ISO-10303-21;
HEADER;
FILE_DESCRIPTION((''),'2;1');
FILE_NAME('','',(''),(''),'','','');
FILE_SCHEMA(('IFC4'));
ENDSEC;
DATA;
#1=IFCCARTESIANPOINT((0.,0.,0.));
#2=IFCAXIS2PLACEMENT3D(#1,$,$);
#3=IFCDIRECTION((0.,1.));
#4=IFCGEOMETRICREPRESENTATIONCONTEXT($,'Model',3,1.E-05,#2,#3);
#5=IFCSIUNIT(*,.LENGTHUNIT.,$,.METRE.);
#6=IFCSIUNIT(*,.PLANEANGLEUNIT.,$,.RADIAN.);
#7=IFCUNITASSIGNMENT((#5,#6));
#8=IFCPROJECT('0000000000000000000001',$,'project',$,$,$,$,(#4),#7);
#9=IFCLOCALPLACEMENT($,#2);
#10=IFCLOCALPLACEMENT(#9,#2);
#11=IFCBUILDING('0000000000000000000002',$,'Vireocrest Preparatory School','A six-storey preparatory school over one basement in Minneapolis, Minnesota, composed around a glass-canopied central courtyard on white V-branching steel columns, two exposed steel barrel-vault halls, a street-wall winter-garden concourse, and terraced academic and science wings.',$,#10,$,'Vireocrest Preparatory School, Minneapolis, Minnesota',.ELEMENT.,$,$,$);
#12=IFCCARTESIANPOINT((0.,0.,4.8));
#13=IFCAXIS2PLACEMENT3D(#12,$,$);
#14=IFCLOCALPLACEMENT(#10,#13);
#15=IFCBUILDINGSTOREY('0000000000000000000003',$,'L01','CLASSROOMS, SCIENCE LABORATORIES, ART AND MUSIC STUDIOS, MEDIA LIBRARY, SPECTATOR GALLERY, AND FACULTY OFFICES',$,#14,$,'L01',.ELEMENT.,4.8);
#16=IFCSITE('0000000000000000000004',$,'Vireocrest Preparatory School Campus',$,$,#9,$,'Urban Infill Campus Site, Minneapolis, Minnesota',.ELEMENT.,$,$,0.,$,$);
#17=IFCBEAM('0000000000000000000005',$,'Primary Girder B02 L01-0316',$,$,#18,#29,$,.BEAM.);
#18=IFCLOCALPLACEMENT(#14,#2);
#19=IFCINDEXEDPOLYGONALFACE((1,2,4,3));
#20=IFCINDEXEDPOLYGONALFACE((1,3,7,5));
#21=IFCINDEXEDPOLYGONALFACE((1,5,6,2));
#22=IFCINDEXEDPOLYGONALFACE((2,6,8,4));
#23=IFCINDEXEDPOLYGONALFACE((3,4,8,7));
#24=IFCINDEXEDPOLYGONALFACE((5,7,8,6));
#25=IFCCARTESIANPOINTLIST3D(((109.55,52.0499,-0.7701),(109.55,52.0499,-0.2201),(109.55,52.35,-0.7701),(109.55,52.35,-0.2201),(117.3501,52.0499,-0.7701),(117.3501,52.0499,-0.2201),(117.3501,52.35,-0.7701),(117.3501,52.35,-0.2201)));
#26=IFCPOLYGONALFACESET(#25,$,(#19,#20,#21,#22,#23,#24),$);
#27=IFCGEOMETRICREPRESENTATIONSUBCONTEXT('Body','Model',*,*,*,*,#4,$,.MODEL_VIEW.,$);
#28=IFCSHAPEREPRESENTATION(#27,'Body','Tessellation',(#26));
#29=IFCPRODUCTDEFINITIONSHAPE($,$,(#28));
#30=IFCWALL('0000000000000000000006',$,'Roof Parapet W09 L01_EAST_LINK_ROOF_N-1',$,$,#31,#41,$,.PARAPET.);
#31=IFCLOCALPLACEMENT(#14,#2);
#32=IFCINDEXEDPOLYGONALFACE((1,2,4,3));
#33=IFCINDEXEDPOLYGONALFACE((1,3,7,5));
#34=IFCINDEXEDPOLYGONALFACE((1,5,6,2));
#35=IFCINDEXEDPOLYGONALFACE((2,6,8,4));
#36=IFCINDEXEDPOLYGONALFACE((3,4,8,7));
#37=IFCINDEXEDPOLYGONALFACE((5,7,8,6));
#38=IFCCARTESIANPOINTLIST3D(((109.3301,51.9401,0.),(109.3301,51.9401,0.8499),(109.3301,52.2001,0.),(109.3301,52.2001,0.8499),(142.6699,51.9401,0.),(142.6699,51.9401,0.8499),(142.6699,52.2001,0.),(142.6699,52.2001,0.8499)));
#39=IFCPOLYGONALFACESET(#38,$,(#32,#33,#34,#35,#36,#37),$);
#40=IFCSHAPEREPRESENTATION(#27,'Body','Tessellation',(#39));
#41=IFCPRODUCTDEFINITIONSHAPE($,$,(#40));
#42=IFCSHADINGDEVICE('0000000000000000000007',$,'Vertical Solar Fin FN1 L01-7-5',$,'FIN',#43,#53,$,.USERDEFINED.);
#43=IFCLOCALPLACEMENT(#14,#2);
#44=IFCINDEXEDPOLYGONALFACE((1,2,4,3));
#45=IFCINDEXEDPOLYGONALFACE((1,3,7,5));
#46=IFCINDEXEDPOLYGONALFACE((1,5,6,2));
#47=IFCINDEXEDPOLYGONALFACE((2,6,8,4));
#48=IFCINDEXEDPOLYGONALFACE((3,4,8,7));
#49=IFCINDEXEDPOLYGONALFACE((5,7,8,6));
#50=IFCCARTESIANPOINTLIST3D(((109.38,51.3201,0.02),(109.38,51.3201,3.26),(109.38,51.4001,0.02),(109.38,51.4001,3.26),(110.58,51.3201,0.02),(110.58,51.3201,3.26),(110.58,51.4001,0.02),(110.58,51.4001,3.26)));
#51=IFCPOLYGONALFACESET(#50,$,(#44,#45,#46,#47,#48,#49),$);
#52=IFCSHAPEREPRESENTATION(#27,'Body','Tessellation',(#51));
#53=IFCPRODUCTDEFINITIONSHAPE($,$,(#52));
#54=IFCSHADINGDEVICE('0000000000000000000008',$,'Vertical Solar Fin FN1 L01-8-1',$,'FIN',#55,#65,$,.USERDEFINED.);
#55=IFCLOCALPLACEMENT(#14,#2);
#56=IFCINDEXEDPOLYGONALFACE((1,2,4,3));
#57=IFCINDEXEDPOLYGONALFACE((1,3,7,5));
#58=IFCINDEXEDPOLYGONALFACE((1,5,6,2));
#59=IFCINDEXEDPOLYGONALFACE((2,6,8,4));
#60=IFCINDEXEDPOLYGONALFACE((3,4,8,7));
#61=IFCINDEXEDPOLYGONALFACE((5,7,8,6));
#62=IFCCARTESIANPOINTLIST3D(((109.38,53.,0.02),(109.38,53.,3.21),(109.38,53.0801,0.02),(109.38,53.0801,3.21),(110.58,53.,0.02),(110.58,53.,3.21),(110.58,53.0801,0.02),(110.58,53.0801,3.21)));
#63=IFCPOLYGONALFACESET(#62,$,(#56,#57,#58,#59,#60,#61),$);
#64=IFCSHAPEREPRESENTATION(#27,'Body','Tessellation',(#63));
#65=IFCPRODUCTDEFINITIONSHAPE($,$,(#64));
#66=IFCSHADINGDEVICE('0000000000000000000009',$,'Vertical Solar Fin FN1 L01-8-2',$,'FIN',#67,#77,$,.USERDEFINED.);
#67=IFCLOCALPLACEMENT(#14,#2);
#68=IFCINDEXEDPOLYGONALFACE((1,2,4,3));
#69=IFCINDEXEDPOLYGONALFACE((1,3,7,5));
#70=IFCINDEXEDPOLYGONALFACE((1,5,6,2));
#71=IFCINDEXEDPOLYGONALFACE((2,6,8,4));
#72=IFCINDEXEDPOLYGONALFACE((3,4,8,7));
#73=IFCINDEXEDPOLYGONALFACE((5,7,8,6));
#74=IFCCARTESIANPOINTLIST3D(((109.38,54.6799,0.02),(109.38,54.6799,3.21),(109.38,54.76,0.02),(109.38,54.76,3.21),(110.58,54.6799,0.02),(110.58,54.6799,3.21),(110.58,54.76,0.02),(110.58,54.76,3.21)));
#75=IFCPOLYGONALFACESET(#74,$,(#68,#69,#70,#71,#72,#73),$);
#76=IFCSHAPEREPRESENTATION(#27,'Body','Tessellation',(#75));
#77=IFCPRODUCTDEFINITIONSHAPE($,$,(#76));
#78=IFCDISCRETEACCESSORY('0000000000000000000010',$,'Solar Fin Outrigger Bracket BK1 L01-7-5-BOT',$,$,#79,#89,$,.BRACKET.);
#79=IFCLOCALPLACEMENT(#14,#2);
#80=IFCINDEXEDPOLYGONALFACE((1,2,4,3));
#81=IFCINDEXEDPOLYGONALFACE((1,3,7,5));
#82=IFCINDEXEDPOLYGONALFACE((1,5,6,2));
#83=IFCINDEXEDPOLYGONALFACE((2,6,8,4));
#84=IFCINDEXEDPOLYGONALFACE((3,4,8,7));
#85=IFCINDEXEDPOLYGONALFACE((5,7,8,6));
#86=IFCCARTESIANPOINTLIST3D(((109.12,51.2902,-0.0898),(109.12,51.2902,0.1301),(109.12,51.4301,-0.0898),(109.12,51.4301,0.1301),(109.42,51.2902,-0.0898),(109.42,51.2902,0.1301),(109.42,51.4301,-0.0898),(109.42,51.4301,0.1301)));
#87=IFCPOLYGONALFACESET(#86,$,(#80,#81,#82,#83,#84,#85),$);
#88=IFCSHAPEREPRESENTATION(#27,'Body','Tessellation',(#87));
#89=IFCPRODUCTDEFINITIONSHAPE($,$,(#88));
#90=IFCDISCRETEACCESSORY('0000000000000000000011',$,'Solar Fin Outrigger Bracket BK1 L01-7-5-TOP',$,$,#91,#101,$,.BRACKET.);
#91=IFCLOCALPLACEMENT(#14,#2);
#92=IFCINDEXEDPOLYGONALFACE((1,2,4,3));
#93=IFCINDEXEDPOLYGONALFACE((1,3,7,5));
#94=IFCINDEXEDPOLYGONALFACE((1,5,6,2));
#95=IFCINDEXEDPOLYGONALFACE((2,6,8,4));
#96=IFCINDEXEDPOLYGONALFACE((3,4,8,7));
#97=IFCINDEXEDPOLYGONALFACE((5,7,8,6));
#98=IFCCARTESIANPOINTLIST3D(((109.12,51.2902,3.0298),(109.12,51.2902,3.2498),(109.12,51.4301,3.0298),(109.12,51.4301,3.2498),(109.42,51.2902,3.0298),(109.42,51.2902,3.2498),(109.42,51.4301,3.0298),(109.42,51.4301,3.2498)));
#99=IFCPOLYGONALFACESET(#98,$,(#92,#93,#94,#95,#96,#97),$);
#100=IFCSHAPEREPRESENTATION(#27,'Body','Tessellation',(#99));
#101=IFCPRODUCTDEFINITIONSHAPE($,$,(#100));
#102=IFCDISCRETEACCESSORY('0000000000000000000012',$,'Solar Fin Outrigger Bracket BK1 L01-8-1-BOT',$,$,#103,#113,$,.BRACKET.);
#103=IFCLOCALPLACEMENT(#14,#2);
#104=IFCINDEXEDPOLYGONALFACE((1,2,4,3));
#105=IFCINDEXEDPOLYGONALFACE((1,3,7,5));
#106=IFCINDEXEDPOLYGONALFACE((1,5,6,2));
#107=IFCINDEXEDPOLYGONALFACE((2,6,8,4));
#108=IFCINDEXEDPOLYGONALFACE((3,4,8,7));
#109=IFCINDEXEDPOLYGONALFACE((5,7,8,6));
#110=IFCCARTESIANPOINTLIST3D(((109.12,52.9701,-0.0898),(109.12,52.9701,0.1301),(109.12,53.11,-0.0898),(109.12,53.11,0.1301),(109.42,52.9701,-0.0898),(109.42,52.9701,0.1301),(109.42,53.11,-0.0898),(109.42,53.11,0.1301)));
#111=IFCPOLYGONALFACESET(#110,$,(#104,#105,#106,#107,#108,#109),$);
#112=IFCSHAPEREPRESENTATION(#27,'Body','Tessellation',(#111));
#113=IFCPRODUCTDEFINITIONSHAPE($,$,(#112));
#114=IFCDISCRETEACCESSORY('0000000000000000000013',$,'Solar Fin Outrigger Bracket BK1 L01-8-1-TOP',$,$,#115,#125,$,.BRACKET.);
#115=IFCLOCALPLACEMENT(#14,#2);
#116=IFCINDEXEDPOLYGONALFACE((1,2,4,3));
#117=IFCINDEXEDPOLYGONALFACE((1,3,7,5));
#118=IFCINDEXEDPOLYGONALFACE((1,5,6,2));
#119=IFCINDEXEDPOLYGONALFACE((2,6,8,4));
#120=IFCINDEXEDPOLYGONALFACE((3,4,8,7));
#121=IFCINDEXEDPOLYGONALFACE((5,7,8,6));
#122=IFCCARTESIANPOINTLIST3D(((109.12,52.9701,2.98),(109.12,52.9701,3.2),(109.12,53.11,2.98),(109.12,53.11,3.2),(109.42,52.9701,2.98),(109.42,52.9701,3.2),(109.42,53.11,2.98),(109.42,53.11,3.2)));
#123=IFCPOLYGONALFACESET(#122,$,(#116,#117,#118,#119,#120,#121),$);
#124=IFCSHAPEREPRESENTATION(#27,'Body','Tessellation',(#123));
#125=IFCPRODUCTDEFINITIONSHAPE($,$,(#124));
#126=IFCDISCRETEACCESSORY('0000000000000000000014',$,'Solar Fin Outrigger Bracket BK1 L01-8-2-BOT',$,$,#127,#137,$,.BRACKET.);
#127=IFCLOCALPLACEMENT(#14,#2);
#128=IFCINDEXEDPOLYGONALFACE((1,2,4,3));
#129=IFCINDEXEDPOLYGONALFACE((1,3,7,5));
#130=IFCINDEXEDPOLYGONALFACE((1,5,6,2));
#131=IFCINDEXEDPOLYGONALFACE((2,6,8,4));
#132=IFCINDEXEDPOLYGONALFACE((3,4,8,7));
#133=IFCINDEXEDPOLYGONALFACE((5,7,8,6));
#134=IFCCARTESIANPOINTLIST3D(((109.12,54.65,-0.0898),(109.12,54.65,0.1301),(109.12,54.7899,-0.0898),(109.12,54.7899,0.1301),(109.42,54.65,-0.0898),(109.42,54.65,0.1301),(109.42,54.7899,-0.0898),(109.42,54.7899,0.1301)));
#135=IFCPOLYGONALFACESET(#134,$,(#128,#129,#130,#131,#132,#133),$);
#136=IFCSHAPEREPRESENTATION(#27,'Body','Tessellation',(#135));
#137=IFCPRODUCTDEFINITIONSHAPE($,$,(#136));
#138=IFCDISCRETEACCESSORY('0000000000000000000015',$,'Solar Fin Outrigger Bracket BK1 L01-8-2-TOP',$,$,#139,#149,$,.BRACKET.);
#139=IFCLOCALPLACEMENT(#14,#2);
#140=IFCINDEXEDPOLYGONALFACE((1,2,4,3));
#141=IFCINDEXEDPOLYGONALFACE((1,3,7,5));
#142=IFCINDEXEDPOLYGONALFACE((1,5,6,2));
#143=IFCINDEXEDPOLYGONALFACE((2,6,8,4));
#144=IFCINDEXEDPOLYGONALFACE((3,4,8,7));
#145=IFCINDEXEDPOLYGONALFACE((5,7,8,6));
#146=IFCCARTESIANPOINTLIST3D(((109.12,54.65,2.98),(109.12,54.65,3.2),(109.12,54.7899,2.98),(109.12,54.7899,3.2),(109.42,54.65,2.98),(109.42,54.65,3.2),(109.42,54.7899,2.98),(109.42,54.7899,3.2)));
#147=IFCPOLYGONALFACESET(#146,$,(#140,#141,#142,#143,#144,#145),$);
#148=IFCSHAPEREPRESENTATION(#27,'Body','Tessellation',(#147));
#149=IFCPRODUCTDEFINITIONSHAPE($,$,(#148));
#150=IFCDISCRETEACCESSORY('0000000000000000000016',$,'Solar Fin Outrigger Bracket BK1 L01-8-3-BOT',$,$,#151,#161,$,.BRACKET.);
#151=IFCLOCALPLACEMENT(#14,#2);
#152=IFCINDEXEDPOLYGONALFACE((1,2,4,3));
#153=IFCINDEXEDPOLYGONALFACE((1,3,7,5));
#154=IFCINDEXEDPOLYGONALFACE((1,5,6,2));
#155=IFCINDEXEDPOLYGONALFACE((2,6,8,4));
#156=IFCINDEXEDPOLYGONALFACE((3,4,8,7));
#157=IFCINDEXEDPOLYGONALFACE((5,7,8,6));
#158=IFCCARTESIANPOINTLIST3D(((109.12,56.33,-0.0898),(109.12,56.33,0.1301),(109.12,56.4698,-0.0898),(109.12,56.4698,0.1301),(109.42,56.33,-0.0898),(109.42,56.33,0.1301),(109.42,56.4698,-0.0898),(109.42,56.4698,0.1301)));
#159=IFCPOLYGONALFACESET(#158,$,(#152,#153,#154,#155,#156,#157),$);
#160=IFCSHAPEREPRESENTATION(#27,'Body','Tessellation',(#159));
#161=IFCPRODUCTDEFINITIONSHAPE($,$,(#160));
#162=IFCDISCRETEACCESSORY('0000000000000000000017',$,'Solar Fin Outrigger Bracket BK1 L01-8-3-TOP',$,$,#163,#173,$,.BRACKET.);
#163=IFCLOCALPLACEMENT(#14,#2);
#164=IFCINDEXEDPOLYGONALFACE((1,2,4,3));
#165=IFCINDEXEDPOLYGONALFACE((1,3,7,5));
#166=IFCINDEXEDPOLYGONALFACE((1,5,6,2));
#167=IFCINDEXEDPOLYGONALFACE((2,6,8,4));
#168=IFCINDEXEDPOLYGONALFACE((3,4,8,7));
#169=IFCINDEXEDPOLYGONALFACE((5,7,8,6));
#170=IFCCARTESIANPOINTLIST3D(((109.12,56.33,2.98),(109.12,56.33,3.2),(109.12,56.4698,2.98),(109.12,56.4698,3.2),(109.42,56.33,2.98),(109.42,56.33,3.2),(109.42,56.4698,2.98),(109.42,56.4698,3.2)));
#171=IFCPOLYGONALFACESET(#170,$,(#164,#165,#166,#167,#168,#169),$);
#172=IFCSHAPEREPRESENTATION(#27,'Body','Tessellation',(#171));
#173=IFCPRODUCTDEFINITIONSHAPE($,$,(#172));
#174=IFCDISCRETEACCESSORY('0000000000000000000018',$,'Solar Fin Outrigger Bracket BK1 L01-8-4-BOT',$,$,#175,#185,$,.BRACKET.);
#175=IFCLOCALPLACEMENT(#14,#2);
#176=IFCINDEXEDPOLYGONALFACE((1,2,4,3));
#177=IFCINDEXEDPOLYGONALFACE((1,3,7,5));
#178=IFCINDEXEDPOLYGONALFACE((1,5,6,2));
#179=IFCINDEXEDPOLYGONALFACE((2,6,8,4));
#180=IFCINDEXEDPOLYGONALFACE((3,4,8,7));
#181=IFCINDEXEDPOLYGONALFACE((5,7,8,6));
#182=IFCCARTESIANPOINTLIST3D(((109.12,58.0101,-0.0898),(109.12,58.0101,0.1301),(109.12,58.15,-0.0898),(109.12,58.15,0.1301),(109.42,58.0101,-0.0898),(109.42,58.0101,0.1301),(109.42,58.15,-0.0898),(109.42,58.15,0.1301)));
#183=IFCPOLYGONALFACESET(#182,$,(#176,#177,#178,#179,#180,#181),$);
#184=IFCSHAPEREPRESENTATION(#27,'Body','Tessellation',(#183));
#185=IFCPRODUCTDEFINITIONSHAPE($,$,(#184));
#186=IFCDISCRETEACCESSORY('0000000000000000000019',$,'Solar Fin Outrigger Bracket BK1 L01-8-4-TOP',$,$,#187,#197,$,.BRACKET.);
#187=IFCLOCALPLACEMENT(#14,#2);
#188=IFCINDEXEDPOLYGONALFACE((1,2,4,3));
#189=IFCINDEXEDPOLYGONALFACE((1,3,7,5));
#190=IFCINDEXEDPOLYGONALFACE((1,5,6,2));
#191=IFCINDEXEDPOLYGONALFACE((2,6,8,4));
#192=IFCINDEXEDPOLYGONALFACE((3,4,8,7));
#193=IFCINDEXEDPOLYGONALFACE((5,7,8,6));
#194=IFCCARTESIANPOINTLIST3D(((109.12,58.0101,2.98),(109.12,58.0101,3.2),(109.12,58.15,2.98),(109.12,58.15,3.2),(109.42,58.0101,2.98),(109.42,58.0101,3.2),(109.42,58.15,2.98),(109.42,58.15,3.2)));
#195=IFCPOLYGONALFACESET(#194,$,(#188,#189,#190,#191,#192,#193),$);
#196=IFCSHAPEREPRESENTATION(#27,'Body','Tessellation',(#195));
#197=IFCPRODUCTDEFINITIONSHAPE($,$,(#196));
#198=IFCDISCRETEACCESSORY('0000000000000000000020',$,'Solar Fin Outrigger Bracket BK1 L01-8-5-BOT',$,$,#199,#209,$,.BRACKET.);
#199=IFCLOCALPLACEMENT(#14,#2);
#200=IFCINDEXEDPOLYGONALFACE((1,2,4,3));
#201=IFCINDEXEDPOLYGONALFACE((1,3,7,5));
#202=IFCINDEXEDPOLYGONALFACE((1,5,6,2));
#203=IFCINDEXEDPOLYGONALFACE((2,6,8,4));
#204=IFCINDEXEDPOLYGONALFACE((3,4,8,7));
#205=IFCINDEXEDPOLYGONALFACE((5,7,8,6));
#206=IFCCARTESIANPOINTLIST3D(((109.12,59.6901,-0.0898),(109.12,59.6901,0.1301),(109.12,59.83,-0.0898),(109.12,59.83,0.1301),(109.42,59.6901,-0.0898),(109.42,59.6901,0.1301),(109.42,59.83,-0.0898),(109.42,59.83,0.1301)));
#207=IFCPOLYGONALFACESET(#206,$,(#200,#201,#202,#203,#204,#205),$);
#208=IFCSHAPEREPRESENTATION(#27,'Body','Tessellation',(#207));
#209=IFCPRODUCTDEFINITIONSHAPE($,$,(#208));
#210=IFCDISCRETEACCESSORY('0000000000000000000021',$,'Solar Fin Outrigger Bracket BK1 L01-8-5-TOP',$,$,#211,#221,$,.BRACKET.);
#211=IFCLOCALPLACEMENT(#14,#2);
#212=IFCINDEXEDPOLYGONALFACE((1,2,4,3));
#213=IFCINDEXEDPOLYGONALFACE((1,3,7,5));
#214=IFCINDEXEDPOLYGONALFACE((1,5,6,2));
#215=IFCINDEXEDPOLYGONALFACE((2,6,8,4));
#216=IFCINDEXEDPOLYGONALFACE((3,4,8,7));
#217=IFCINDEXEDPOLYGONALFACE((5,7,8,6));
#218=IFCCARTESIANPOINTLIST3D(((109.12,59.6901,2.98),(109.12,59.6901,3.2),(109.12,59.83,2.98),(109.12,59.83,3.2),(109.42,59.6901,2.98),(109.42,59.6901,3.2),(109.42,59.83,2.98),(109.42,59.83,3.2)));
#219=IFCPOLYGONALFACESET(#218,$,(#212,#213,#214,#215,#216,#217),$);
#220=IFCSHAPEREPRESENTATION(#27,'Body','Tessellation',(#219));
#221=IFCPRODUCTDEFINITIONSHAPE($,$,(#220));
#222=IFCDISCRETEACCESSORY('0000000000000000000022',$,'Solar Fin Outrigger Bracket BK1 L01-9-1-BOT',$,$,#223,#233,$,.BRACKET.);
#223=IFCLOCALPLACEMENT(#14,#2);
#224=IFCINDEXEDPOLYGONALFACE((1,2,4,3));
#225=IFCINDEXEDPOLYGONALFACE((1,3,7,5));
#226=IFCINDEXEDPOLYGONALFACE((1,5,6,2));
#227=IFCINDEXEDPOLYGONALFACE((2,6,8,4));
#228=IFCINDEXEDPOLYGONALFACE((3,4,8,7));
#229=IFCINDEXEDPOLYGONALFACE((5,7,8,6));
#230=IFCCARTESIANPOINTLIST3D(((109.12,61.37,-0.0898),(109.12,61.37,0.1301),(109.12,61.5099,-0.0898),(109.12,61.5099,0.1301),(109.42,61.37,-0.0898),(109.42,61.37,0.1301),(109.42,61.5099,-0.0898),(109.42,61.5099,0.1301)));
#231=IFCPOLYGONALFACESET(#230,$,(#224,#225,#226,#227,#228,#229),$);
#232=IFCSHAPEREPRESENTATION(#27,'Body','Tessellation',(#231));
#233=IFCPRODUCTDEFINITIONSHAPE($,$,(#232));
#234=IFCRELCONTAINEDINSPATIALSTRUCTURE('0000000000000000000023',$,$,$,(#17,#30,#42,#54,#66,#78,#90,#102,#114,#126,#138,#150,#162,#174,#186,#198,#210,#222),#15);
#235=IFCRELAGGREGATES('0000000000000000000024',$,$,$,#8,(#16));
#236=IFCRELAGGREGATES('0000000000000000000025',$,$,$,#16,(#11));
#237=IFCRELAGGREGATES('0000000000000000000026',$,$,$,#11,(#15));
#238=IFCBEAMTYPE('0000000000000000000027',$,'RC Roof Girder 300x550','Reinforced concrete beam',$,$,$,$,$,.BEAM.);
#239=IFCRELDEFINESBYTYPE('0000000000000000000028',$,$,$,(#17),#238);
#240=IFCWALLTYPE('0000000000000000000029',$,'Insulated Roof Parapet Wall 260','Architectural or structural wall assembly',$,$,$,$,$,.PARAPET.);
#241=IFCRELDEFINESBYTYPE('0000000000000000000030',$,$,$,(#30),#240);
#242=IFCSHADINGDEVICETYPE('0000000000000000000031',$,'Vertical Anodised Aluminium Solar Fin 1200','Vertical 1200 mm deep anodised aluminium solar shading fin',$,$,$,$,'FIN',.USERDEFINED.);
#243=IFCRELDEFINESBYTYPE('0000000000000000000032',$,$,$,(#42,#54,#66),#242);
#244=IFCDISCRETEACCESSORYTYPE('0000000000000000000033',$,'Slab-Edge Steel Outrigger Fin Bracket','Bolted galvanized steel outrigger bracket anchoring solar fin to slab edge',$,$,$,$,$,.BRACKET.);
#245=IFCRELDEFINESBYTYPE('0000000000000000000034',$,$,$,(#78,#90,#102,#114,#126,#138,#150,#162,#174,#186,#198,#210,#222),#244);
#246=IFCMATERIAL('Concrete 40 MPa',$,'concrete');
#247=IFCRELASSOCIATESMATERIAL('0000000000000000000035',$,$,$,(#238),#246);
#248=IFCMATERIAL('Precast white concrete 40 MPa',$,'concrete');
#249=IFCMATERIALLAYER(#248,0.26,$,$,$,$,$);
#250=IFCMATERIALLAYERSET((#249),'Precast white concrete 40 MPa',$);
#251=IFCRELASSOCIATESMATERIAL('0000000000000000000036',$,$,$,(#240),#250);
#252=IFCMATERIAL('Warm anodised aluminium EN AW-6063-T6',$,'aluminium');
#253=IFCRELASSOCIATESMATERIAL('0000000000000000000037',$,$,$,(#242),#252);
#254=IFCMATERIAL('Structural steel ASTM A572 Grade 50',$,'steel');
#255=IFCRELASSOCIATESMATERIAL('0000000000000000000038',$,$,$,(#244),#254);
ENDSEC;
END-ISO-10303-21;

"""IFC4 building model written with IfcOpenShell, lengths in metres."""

from ifc_helpers import new_model, si_unit, direction, frame, frame_2d, origin, origin_2d, place, context, subcontext, project, spatial, rectangle, extrude, material, layer, layer_set, material_profile, profile_set, type_object, element, save


model = new_model("IFC4")

# Units and contexts
model_context = context("Model", 3, precision=1e-05, world=origin(), true_north=direction((0.0, 1.0)))
body_context = subcontext(model_context, "Body", "Model", "MODEL_VIEW")
ifc_project = project(units=[si_unit("LENGTHUNIT", "METRE"), si_unit("PLANEANGLEUNIT", "RADIAN")], contexts=[model_context])

# Site, building, storey
site_placement = place(None, origin())
site = spatial("IfcSite", under=ifc_project, at=site_placement, Name="Vireocrest Preparatory School Campus", LongName="Urban Infill Campus Site, Minneapolis, Minnesota", CompositionType="ELEMENT", RefElevation=0.0)
building_placement = place(site_placement, origin())
building = spatial("IfcBuilding", under=site, at=building_placement, Name="Vireocrest Preparatory School", Description="A six-storey preparatory school over one basement in Minneapolis, Minnesota, composed around a glass-canopied central courtyard on white V-branching steel columns, two exposed steel barrel-vault halls, a street-wall winter-garden concourse, and terraced academic and science wings.", LongName="Vireocrest Preparatory School, Minneapolis, Minnesota", CompositionType="ELEMENT")
storey_placement = place(building_placement, frame((0.0, 0.0, 4.8)))
storey = spatial("IfcBuildingStorey", under=building, at=storey_placement, Name="L01", Description="CLASSROOMS, SCIENCE LABORATORIES, ART AND MUSIC STUDIOS, MEDIA LIBRARY, SPECTATOR GALLERY, AND FACULTY OFFICES", LongName="L01", CompositionType="ELEMENT", Elevation=4.8)

# Beam
ifc_material_1 = material(Name="Concrete 40 MPa", Category="concrete")
ifc_material_profile_1 = material_profile(ifc_material_1, rectangle(XDim=0.3, YDim=0.55, at=origin_2d()), Name="RC 300x550")
ifc_profile_set_1 = profile_set([ifc_material_profile_1], Name="Concrete 40 MPa")
beam_type = type_object("IfcBeamType", Name="RC Roof Girder 300x550", Description="Reinforced concrete beam", PredefinedType="BEAM", material=ifc_profile_set_1)
beam_placement = place(storey_placement, frame((109.55, 52.2, -0.4951), z_axis=(1.0, 0.0, 0.0), x_axis=(0.0, 1.0, 0.0)))
element("IfcBeam", 1, at=beam_placement, inside=storey, type_object=beam_type, Name="Primary Girder B02 L01-0316", PredefinedType="BEAM", context=body_context, shape_type="SweptSolid", body=[
    extrude(rectangle(XDim=0.3, YDim=0.55, at=origin_2d()), origin(), (0.0, 0.0, 1.0), 7.8),
])

# Wall
ifc_material_2 = material(Name="Precast white concrete 40 MPa", Category="concrete")
ifc_layer = layer(ifc_material_2, 0.26)
ifc_layer_set = layer_set([ifc_layer], Name="Precast white concrete 40 MPa")
wall_type = type_object("IfcWallType", Name="Insulated Roof Parapet Wall 260", Description="Architectural or structural wall assembly", PredefinedType="PARAPET", material=ifc_layer_set)
wall_placement = place(storey_placement, frame((109.3301, 52.0701, 0.0), z_axis=(0.0, 0.0, 1.0), x_axis=(1.0, 0.0, 0.0)))
element("IfcWall", 2, at=wall_placement, inside=storey, type_object=wall_type, Name="Roof Parapet W09 L01_EAST_LINK_ROOF_N-1", PredefinedType="PARAPET", context=body_context, shape_type="SweptSolid", body=[
    extrude(rectangle(XDim=33.3398, YDim=0.26, at=frame_2d((16.6699, 0.0))), origin(), (0.0, 0.0, 1.0), 0.8499),
])

# Shading devices
ifc_material_3 = material(Name="Warm anodised aluminium EN AW-6063-T6", Category="aluminium")
ifc_material_profile_2 = material_profile(ifc_material_3, rectangle(XDim=0.0801, YDim=1.2, at=origin_2d()), Name="FIN 80x1200")
ifc_profile_set_2 = profile_set([ifc_material_profile_2], Name="Warm anodised aluminium EN AW-6063-T6")
shading_device_type = type_object("IfcShadingDeviceType", Name="Vertical Anodised Aluminium Solar Fin 1200", Description="Vertical 1200 mm deep anodised aluminium solar shading fin", ElementType="FIN", PredefinedType="USERDEFINED", material=ifc_profile_set_2)
shading_device_placement = place(storey_placement, frame((109.98, 51.3601, 0.02), z_axis=(0.0, 0.0, 1.0), x_axis=(0.0, -1.0, 0.0)))
element("IfcShadingDevice", 3, at=shading_device_placement, inside=storey, type_object=shading_device_type, Name="Vertical Solar Fin FN1 L01-7-5", ObjectType="FIN", PredefinedType="USERDEFINED", context=body_context, shape_type="SweptSolid", body=[
    extrude(rectangle(XDim=0.0801, YDim=1.2, at=origin_2d()), origin(), (0.0, 0.0, 1.0), 3.24),
])
for number, where, z_axis, x_axis, name in (
    (4, (109.98, 53.04, 0.02), (0.0, 0.0, 1.0), (0.0, -1.0, 0.0), "Vertical Solar Fin FN1 L01-8-1"),
    (5, (109.98, 54.72, 0.02), (0.0, 0.0, 1.0), (0.0, -1.0, 0.0), "Vertical Solar Fin FN1 L01-8-2"),
):
    element("IfcShadingDevice", number, at=place(storey_placement, frame(where, z_axis=z_axis, x_axis=x_axis)), inside=storey, type_object=shading_device_type, Name=name, ObjectType="FIN", PredefinedType="USERDEFINED", context=body_context, shape_type="SweptSolid", body=[
        extrude(rectangle(XDim=0.0801, YDim=1.2, at=origin_2d()), origin(), (0.0, 0.0, 1.0), 3.1899),
    ])

# Discrete accessories
ifc_material_4 = material(Name="Structural steel ASTM A572 Grade 50", Category="steel")
discrete_accessory_type = type_object("IfcDiscreteAccessoryType", Name="Slab-Edge Steel Outrigger Fin Bracket", Description="Bolted galvanized steel outrigger bracket anchoring solar fin to slab edge", PredefinedType="BRACKET", material=ifc_material_4)
for number, where, z_axis, x_axis, name in (
    (6, (109.27, 51.3601, -0.0898), (0.0, 0.0, 1.0), (0.0, -1.0, 0.0), "Solar Fin Outrigger Bracket BK1 L01-7-5-BOT"),
    (7, (109.27, 51.3601, 3.0298), (0.0, 0.0, 1.0), (0.0, -1.0, 0.0), "Solar Fin Outrigger Bracket BK1 L01-7-5-TOP"),
    (8, (109.27, 53.04, -0.0898), (0.0, 0.0, 1.0), (0.0, -1.0, 0.0), "Solar Fin Outrigger Bracket BK1 L01-8-1-BOT"),
    (9, (109.27, 53.04, 2.98), (0.0, 0.0, 1.0), (0.0, -1.0, 0.0), "Solar Fin Outrigger Bracket BK1 L01-8-1-TOP"),
    (10, (109.27, 54.72, -0.0898), (0.0, 0.0, 1.0), (0.0, -1.0, 0.0), "Solar Fin Outrigger Bracket BK1 L01-8-2-BOT"),
    (11, (109.27, 54.72, 2.98), (0.0, 0.0, 1.0), (0.0, -1.0, 0.0), "Solar Fin Outrigger Bracket BK1 L01-8-2-TOP"),
    (12, (109.27, 56.3999, -0.0898), (0.0, 0.0, 1.0), (0.0, -1.0, 0.0), "Solar Fin Outrigger Bracket BK1 L01-8-3-BOT"),
    (13, (109.27, 56.3999, 2.98), (0.0, 0.0, 1.0), (0.0, -1.0, 0.0), "Solar Fin Outrigger Bracket BK1 L01-8-3-TOP"),
    (14, (109.27, 58.0801, -0.0898), (0.0, 0.0, 1.0), (0.0, -1.0, 0.0), "Solar Fin Outrigger Bracket BK1 L01-8-4-BOT"),
    (15, (109.27, 58.0801, 2.98), (0.0, 0.0, 1.0), (0.0, -1.0, 0.0), "Solar Fin Outrigger Bracket BK1 L01-8-4-TOP"),
    (16, (109.27, 59.76, -0.0898), (0.0, 0.0, 1.0), (0.0, -1.0, 0.0), "Solar Fin Outrigger Bracket BK1 L01-8-5-BOT"),
    (17, (109.27, 59.76, 2.98), (0.0, 0.0, 1.0), (0.0, -1.0, 0.0), "Solar Fin Outrigger Bracket BK1 L01-8-5-TOP"),
    (18, (109.27, 61.4399, -0.0898), (0.0, 0.0, 1.0), (0.0, -1.0, 0.0), "Solar Fin Outrigger Bracket BK1 L01-9-1-BOT"),
):
    element("IfcDiscreteAccessory", number, at=place(storey_placement, frame(where, z_axis=z_axis, x_axis=x_axis)), inside=storey, type_object=discrete_accessory_type, Name=name, PredefinedType="BRACKET", context=body_context, shape_type="SweptSolid", body=[
        extrude(rectangle(XDim=0.1399, YDim=0.3, at=origin_2d()), origin(), (0.0, 0.0, 1.0), 0.22),
    ])

save(model, "model.ifc")
